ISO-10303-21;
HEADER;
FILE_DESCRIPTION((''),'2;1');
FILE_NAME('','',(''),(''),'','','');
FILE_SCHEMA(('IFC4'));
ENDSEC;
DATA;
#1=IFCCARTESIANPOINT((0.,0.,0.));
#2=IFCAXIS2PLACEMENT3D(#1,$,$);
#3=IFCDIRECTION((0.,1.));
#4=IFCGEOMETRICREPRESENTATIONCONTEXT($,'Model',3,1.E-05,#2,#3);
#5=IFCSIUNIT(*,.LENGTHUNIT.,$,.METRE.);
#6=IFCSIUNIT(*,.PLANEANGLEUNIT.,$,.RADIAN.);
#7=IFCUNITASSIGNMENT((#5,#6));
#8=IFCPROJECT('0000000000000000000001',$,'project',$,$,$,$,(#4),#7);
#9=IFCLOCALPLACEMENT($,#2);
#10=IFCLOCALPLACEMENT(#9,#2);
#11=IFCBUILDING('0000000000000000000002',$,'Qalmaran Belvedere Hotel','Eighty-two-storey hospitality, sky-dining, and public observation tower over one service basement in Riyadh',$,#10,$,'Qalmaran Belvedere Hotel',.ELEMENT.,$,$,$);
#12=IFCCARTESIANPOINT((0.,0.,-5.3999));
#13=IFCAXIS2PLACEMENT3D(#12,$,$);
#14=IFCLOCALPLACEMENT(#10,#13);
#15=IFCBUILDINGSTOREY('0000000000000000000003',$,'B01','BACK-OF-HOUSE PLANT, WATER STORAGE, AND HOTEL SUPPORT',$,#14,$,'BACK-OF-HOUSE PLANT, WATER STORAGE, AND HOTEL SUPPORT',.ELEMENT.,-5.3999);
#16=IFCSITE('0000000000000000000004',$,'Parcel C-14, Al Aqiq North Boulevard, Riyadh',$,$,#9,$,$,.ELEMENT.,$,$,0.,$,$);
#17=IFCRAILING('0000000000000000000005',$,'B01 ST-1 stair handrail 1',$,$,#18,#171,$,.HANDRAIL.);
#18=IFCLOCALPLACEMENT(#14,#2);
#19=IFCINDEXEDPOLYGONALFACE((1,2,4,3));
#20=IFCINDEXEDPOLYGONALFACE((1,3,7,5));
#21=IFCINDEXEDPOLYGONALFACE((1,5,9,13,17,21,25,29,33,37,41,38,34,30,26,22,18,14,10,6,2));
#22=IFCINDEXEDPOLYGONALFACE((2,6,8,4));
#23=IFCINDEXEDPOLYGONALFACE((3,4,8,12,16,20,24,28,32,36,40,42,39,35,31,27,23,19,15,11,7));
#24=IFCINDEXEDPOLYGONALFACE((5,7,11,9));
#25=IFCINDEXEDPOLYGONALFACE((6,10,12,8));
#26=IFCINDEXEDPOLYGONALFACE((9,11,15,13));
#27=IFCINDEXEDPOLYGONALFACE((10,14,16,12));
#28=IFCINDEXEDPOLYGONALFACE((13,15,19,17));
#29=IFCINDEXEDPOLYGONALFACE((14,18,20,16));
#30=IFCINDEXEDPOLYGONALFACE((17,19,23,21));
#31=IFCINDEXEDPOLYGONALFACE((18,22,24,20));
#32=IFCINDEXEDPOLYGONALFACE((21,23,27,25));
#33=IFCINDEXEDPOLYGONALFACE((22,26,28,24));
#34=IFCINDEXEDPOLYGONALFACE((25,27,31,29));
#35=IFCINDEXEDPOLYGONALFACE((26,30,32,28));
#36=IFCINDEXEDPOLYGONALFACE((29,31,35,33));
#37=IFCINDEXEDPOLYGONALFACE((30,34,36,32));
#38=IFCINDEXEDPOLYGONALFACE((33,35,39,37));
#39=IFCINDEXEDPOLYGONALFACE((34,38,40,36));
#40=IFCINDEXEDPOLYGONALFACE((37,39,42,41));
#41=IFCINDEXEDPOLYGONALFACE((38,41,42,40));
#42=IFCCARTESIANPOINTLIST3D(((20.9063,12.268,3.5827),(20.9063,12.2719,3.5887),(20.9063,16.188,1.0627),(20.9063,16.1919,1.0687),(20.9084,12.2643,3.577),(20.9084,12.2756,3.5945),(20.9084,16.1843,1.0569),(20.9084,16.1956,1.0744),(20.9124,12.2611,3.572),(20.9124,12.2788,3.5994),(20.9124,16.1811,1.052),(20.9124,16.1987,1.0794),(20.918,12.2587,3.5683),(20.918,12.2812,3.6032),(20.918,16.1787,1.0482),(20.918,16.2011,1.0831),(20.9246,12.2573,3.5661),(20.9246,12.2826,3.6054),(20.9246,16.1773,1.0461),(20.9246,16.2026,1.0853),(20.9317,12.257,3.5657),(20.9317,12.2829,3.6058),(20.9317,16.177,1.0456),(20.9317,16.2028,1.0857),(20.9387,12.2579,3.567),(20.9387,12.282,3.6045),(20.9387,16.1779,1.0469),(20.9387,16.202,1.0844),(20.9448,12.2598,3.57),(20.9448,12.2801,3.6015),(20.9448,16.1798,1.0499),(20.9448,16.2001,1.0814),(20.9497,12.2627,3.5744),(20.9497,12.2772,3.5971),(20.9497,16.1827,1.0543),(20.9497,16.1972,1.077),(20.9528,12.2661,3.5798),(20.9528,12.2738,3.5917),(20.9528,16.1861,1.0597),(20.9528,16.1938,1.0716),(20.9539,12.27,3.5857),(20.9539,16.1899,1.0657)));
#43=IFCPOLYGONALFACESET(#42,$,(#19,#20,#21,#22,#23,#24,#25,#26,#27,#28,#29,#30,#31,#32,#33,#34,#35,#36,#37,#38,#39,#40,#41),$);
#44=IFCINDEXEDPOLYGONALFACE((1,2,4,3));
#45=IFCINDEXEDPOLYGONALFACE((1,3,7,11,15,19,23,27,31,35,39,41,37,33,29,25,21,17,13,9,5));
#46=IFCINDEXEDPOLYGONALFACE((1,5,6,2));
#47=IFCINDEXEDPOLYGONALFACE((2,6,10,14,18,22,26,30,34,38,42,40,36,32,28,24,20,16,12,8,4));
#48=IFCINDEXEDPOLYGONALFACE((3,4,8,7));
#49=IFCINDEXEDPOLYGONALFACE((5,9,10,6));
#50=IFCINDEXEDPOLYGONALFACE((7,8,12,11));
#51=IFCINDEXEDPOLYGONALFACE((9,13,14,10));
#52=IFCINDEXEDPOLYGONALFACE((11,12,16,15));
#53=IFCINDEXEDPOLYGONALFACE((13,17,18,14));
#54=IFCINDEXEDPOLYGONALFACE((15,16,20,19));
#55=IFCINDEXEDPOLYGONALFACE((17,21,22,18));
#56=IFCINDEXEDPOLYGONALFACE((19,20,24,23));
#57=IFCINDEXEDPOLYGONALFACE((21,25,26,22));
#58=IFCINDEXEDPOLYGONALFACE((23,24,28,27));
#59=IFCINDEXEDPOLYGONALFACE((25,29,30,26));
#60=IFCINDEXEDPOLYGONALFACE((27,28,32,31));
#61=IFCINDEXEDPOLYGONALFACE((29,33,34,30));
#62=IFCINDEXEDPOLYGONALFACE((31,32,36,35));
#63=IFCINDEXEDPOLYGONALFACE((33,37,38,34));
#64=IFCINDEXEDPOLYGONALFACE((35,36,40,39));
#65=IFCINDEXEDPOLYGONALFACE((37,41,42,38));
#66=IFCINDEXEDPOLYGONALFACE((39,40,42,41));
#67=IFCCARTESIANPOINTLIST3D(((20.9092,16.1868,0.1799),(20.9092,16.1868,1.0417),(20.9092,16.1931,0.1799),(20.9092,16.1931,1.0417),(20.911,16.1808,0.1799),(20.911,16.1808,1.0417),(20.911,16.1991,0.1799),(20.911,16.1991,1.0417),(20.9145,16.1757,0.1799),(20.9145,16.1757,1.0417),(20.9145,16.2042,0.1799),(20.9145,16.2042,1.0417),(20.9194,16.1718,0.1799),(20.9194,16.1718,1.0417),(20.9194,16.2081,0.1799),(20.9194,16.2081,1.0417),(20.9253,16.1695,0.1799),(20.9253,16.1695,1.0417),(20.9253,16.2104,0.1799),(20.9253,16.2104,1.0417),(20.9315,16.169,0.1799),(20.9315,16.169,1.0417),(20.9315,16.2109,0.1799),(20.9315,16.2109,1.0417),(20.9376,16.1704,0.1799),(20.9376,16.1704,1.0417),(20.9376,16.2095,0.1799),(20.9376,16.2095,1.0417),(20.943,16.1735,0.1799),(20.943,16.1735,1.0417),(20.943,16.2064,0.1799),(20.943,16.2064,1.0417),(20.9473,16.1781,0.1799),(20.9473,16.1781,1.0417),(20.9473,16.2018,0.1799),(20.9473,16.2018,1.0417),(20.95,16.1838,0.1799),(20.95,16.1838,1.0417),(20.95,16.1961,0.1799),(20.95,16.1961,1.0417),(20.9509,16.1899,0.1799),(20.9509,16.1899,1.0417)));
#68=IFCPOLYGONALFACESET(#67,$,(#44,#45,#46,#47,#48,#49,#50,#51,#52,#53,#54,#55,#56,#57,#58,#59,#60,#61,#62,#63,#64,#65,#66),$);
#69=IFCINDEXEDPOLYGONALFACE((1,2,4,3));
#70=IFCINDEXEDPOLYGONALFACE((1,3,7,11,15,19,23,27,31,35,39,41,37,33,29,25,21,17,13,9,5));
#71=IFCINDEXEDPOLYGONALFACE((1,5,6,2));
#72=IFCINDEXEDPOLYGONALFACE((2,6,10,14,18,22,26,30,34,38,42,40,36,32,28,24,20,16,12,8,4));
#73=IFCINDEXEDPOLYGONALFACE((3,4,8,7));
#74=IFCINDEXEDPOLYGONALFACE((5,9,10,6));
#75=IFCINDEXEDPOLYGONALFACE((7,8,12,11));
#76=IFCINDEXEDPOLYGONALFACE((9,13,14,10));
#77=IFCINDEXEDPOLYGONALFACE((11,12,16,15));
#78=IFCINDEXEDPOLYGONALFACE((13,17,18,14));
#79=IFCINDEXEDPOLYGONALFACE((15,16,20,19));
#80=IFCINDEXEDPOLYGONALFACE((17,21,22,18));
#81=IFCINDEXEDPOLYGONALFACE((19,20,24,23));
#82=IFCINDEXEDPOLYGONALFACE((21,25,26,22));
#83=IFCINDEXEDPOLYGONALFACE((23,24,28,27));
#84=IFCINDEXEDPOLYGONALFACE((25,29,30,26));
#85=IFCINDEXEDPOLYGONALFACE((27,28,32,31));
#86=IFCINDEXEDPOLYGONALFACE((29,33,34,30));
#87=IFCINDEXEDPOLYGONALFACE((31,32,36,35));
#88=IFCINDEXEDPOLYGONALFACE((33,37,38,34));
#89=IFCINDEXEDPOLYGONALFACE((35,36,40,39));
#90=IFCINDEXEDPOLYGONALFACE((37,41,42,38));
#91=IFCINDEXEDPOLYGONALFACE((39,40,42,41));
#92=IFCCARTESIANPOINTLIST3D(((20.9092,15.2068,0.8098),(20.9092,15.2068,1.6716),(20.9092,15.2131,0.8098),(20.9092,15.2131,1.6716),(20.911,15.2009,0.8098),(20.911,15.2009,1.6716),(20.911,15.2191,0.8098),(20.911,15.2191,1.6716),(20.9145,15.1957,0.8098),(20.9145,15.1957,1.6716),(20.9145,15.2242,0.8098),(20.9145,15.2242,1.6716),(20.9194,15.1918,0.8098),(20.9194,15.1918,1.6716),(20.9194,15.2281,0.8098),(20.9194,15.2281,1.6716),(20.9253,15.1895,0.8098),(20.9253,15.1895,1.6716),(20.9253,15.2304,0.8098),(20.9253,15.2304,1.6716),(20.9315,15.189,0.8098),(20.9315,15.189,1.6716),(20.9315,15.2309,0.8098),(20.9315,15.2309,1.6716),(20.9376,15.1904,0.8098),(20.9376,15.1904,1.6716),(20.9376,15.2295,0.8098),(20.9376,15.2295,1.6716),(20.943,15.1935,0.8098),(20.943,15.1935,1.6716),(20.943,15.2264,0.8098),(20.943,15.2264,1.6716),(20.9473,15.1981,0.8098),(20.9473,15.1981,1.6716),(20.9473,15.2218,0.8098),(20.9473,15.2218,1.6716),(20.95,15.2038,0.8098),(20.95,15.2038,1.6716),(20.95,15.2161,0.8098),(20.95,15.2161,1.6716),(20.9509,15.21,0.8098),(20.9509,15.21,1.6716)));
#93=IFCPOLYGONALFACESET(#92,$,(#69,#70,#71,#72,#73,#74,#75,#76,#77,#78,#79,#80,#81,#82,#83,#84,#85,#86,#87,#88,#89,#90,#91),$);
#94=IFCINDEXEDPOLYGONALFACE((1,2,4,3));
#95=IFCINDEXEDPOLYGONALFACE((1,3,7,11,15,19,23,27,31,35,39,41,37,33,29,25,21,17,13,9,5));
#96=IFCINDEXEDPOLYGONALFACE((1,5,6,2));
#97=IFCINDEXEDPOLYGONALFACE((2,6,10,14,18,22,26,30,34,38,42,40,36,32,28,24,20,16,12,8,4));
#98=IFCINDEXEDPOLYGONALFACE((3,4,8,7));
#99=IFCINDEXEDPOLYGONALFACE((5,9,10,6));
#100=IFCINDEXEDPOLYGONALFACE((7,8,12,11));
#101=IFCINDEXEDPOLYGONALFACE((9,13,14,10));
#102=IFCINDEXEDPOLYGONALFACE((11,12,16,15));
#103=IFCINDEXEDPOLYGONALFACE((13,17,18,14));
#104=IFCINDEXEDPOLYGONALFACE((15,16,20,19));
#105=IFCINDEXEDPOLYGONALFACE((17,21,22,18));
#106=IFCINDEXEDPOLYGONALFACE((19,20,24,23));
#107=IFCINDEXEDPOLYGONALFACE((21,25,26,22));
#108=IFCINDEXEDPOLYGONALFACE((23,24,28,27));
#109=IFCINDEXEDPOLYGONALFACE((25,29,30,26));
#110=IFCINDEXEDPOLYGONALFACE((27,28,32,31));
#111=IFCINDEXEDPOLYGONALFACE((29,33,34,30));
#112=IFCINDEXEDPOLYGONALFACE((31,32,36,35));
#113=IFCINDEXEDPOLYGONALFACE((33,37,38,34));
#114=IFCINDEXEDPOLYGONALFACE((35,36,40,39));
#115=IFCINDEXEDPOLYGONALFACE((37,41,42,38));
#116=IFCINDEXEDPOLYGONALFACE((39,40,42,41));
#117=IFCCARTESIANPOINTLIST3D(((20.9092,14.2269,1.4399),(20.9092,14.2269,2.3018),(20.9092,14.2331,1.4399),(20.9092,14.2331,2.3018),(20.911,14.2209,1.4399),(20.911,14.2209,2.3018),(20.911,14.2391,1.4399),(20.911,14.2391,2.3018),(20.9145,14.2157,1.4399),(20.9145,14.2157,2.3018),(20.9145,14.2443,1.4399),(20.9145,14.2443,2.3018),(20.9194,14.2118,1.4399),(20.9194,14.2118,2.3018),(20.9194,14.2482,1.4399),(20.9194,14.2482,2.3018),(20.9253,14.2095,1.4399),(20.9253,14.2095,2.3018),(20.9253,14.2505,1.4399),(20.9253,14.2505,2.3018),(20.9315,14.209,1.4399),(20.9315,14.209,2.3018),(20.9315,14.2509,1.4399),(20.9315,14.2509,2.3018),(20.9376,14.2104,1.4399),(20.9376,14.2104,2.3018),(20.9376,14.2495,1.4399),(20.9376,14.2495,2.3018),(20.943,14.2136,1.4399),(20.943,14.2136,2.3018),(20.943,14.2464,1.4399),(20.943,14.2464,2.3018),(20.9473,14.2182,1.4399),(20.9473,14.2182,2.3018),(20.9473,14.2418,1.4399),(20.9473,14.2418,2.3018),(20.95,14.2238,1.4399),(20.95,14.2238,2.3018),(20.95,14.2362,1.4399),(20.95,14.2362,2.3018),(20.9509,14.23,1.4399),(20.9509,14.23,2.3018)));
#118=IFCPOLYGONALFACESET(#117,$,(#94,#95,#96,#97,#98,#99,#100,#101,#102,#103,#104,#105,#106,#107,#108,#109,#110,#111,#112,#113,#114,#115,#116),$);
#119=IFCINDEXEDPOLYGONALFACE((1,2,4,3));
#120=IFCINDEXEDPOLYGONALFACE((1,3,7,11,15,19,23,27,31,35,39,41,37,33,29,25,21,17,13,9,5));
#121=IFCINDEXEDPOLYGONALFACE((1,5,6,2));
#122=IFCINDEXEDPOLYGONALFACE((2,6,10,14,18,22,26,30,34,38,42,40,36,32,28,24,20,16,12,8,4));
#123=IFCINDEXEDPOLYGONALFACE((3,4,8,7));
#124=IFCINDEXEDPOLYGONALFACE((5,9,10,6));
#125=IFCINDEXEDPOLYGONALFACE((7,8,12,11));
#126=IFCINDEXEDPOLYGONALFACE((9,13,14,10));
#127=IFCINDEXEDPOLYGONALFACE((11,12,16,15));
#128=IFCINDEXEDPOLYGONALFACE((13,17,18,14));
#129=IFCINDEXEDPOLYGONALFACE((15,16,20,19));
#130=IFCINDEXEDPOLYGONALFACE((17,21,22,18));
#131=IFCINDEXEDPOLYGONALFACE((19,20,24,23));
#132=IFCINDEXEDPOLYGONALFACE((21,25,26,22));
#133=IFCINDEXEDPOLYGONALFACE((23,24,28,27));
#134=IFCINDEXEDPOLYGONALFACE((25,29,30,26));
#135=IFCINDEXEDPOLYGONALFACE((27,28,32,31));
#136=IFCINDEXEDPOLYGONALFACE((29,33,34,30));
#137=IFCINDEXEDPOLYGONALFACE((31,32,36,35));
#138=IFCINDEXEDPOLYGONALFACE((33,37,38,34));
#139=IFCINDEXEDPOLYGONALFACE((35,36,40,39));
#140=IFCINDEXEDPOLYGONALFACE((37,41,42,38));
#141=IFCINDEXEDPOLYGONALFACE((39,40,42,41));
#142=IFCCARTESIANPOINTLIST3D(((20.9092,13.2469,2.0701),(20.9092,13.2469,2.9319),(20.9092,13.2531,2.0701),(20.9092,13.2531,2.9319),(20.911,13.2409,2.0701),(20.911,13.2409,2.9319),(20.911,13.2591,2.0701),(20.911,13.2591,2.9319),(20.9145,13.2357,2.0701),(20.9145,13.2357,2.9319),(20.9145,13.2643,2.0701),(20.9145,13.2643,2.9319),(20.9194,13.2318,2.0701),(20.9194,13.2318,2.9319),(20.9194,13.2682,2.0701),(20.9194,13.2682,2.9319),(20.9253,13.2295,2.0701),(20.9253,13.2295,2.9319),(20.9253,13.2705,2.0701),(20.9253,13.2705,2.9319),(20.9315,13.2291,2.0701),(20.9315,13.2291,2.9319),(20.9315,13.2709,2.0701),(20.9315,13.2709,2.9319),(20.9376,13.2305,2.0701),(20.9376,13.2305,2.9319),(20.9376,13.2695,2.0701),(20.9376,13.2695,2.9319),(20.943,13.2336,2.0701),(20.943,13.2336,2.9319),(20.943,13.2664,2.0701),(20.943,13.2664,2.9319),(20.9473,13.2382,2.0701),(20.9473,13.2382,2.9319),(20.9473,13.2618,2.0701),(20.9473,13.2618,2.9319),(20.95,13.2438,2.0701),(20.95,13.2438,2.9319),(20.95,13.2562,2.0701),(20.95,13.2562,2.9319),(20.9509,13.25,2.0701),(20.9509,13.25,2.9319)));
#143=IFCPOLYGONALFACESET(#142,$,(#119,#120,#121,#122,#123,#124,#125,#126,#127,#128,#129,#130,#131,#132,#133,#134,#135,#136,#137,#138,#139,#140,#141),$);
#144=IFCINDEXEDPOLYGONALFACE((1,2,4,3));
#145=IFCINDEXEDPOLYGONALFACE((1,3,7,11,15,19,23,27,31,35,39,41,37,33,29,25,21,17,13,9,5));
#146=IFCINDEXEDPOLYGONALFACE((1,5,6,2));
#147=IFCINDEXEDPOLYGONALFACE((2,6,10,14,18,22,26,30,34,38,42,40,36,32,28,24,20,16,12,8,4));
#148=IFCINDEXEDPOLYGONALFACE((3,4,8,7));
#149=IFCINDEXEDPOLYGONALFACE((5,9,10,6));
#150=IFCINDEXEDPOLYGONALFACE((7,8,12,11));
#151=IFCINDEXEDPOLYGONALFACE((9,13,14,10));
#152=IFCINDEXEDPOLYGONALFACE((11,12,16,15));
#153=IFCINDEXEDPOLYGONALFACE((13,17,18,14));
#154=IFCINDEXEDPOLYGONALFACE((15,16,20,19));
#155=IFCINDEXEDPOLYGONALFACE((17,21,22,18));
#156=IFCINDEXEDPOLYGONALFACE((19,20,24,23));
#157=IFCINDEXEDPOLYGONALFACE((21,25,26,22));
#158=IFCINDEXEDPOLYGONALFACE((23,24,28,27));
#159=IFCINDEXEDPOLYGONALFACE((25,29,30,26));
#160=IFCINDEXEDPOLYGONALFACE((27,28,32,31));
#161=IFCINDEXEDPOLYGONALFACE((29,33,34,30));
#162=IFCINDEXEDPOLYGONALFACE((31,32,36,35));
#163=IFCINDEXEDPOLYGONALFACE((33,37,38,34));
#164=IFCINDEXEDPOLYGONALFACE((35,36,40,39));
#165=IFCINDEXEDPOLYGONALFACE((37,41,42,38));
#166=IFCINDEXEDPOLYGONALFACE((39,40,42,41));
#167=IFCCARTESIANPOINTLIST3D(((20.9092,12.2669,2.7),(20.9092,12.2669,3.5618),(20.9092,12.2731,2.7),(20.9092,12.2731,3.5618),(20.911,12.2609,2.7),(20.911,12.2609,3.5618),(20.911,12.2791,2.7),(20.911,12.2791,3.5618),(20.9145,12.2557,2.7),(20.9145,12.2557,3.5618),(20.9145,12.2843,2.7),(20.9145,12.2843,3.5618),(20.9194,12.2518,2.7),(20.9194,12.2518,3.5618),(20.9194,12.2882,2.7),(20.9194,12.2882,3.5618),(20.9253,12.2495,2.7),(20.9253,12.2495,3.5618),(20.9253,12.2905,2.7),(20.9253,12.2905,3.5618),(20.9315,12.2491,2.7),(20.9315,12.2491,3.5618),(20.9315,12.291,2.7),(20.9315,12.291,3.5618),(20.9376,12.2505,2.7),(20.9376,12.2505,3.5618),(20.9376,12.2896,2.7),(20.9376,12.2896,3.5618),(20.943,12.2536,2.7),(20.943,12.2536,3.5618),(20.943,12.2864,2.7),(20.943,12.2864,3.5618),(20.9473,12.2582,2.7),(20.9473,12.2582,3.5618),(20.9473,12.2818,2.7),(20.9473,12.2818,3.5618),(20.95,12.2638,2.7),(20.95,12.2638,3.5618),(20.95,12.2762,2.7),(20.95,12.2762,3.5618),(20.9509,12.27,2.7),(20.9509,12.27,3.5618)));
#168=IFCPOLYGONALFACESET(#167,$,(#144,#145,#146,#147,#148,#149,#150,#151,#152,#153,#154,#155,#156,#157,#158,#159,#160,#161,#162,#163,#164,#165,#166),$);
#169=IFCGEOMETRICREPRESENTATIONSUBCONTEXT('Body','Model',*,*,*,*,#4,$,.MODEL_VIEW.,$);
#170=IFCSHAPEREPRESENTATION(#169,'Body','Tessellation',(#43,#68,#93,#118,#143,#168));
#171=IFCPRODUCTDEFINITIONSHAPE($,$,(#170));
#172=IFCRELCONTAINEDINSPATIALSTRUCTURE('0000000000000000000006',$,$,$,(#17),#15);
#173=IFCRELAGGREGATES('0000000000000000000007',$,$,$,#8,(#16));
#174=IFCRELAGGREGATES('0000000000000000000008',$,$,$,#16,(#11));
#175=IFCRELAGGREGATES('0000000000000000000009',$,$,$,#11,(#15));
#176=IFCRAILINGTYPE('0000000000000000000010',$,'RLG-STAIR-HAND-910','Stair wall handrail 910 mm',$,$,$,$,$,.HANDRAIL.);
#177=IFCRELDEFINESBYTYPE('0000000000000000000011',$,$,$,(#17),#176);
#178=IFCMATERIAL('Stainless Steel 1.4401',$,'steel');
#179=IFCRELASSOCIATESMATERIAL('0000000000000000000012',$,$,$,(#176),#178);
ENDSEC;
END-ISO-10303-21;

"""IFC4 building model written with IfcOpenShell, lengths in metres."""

from ifc_helpers import new_model, si_unit, direction, frame, origin, origin_2d, place, context, subcontext, project, spatial, circle, extrude, material, type_object, element, save


model = new_model("IFC4")

# Units and contexts
model_context = context("Model", 3, precision=1e-05, world=origin(), true_north=direction((0.0, 1.0)))
body_context = subcontext(model_context, "Body", "Model", "MODEL_VIEW")
ifc_project = project(units=[si_unit("LENGTHUNIT", "METRE"), si_unit("PLANEANGLEUNIT", "RADIAN")], contexts=[model_context])

# Site, building, storey
site_placement = place(None, origin())
site = spatial("IfcSite", under=ifc_project, at=site_placement, Name="Parcel C-14, Al Aqiq North Boulevard, Riyadh", CompositionType="ELEMENT", RefElevation=0.0)
building_placement = place(site_placement, origin())
building = spatial("IfcBuilding", under=site, at=building_placement, Name="Qalmaran Belvedere Hotel", Description="Eighty-two-storey hospitality, sky-dining, and public observation tower over one service basement in Riyadh", LongName="Qalmaran Belvedere Hotel", CompositionType="ELEMENT")
storey_placement = place(building_placement, frame((0.0, 0.0, -5.3999)))
storey = spatial("IfcBuildingStorey", under=building, at=storey_placement, Name="B01", Description="BACK-OF-HOUSE PLANT, WATER STORAGE, AND HOTEL SUPPORT", LongName="BACK-OF-HOUSE PLANT, WATER STORAGE, AND HOTEL SUPPORT", CompositionType="ELEMENT", Elevation=-5.3999)

# Shared definitions
ifc_material_1 = material(Name="Stainless Steel 1.4401", Category="steel")

# Railing
railing_type_1 = type_object("IfcRailingType", Name="RLG-STAIR-HAND-910", Description="Stair wall handrail 910 mm", PredefinedType="HANDRAIL", material=ifc_material_1)
railing_1_placement = place(storey_placement, frame((20.9299, 16.1899, 0.1799)))
element("IfcRailing", 1, at=railing_1_placement, inside=storey, type_object=railing_type_1, Name="B01 ST-1 stair handrail 1", PredefinedType="HANDRAIL", context=body_context, shape_type="SweptSolid", body=[
    extrude(circle(Radius=0.0239, at=origin_2d()), frame((0.0, 0.0, 0.8857), z_axis=(0.0, -0.841172, 0.540768), x_axis=(1.0, 0.0, 0.0)), (0.0, 0.0, 1.0), 4.6602),
    extrude(circle(Radius=0.021, at=origin_2d()), origin(), (0.0, 0.0, 1.0), 0.8618),
    extrude(circle(Radius=0.021, at=origin_2d()), frame((0.0, -0.98, 0.6299)), (0.0, 0.0, 1.0), 0.8618),
    extrude(circle(Radius=0.021, at=origin_2d()), frame((0.0, -1.96, 1.26)), (0.0, 0.0, 1.0), 0.8618),
    extrude(circle(Radius=0.021, at=origin_2d()), frame((0.0, -2.9399, 1.8901)), (0.0, 0.0, 1.0), 0.8618),
    extrude(circle(Radius=0.021, at=origin_2d()), frame((0.0, -3.9199, 2.52)), (0.0, 0.0, 1.0), 0.8618),
])

save(model, "model.ifc")
